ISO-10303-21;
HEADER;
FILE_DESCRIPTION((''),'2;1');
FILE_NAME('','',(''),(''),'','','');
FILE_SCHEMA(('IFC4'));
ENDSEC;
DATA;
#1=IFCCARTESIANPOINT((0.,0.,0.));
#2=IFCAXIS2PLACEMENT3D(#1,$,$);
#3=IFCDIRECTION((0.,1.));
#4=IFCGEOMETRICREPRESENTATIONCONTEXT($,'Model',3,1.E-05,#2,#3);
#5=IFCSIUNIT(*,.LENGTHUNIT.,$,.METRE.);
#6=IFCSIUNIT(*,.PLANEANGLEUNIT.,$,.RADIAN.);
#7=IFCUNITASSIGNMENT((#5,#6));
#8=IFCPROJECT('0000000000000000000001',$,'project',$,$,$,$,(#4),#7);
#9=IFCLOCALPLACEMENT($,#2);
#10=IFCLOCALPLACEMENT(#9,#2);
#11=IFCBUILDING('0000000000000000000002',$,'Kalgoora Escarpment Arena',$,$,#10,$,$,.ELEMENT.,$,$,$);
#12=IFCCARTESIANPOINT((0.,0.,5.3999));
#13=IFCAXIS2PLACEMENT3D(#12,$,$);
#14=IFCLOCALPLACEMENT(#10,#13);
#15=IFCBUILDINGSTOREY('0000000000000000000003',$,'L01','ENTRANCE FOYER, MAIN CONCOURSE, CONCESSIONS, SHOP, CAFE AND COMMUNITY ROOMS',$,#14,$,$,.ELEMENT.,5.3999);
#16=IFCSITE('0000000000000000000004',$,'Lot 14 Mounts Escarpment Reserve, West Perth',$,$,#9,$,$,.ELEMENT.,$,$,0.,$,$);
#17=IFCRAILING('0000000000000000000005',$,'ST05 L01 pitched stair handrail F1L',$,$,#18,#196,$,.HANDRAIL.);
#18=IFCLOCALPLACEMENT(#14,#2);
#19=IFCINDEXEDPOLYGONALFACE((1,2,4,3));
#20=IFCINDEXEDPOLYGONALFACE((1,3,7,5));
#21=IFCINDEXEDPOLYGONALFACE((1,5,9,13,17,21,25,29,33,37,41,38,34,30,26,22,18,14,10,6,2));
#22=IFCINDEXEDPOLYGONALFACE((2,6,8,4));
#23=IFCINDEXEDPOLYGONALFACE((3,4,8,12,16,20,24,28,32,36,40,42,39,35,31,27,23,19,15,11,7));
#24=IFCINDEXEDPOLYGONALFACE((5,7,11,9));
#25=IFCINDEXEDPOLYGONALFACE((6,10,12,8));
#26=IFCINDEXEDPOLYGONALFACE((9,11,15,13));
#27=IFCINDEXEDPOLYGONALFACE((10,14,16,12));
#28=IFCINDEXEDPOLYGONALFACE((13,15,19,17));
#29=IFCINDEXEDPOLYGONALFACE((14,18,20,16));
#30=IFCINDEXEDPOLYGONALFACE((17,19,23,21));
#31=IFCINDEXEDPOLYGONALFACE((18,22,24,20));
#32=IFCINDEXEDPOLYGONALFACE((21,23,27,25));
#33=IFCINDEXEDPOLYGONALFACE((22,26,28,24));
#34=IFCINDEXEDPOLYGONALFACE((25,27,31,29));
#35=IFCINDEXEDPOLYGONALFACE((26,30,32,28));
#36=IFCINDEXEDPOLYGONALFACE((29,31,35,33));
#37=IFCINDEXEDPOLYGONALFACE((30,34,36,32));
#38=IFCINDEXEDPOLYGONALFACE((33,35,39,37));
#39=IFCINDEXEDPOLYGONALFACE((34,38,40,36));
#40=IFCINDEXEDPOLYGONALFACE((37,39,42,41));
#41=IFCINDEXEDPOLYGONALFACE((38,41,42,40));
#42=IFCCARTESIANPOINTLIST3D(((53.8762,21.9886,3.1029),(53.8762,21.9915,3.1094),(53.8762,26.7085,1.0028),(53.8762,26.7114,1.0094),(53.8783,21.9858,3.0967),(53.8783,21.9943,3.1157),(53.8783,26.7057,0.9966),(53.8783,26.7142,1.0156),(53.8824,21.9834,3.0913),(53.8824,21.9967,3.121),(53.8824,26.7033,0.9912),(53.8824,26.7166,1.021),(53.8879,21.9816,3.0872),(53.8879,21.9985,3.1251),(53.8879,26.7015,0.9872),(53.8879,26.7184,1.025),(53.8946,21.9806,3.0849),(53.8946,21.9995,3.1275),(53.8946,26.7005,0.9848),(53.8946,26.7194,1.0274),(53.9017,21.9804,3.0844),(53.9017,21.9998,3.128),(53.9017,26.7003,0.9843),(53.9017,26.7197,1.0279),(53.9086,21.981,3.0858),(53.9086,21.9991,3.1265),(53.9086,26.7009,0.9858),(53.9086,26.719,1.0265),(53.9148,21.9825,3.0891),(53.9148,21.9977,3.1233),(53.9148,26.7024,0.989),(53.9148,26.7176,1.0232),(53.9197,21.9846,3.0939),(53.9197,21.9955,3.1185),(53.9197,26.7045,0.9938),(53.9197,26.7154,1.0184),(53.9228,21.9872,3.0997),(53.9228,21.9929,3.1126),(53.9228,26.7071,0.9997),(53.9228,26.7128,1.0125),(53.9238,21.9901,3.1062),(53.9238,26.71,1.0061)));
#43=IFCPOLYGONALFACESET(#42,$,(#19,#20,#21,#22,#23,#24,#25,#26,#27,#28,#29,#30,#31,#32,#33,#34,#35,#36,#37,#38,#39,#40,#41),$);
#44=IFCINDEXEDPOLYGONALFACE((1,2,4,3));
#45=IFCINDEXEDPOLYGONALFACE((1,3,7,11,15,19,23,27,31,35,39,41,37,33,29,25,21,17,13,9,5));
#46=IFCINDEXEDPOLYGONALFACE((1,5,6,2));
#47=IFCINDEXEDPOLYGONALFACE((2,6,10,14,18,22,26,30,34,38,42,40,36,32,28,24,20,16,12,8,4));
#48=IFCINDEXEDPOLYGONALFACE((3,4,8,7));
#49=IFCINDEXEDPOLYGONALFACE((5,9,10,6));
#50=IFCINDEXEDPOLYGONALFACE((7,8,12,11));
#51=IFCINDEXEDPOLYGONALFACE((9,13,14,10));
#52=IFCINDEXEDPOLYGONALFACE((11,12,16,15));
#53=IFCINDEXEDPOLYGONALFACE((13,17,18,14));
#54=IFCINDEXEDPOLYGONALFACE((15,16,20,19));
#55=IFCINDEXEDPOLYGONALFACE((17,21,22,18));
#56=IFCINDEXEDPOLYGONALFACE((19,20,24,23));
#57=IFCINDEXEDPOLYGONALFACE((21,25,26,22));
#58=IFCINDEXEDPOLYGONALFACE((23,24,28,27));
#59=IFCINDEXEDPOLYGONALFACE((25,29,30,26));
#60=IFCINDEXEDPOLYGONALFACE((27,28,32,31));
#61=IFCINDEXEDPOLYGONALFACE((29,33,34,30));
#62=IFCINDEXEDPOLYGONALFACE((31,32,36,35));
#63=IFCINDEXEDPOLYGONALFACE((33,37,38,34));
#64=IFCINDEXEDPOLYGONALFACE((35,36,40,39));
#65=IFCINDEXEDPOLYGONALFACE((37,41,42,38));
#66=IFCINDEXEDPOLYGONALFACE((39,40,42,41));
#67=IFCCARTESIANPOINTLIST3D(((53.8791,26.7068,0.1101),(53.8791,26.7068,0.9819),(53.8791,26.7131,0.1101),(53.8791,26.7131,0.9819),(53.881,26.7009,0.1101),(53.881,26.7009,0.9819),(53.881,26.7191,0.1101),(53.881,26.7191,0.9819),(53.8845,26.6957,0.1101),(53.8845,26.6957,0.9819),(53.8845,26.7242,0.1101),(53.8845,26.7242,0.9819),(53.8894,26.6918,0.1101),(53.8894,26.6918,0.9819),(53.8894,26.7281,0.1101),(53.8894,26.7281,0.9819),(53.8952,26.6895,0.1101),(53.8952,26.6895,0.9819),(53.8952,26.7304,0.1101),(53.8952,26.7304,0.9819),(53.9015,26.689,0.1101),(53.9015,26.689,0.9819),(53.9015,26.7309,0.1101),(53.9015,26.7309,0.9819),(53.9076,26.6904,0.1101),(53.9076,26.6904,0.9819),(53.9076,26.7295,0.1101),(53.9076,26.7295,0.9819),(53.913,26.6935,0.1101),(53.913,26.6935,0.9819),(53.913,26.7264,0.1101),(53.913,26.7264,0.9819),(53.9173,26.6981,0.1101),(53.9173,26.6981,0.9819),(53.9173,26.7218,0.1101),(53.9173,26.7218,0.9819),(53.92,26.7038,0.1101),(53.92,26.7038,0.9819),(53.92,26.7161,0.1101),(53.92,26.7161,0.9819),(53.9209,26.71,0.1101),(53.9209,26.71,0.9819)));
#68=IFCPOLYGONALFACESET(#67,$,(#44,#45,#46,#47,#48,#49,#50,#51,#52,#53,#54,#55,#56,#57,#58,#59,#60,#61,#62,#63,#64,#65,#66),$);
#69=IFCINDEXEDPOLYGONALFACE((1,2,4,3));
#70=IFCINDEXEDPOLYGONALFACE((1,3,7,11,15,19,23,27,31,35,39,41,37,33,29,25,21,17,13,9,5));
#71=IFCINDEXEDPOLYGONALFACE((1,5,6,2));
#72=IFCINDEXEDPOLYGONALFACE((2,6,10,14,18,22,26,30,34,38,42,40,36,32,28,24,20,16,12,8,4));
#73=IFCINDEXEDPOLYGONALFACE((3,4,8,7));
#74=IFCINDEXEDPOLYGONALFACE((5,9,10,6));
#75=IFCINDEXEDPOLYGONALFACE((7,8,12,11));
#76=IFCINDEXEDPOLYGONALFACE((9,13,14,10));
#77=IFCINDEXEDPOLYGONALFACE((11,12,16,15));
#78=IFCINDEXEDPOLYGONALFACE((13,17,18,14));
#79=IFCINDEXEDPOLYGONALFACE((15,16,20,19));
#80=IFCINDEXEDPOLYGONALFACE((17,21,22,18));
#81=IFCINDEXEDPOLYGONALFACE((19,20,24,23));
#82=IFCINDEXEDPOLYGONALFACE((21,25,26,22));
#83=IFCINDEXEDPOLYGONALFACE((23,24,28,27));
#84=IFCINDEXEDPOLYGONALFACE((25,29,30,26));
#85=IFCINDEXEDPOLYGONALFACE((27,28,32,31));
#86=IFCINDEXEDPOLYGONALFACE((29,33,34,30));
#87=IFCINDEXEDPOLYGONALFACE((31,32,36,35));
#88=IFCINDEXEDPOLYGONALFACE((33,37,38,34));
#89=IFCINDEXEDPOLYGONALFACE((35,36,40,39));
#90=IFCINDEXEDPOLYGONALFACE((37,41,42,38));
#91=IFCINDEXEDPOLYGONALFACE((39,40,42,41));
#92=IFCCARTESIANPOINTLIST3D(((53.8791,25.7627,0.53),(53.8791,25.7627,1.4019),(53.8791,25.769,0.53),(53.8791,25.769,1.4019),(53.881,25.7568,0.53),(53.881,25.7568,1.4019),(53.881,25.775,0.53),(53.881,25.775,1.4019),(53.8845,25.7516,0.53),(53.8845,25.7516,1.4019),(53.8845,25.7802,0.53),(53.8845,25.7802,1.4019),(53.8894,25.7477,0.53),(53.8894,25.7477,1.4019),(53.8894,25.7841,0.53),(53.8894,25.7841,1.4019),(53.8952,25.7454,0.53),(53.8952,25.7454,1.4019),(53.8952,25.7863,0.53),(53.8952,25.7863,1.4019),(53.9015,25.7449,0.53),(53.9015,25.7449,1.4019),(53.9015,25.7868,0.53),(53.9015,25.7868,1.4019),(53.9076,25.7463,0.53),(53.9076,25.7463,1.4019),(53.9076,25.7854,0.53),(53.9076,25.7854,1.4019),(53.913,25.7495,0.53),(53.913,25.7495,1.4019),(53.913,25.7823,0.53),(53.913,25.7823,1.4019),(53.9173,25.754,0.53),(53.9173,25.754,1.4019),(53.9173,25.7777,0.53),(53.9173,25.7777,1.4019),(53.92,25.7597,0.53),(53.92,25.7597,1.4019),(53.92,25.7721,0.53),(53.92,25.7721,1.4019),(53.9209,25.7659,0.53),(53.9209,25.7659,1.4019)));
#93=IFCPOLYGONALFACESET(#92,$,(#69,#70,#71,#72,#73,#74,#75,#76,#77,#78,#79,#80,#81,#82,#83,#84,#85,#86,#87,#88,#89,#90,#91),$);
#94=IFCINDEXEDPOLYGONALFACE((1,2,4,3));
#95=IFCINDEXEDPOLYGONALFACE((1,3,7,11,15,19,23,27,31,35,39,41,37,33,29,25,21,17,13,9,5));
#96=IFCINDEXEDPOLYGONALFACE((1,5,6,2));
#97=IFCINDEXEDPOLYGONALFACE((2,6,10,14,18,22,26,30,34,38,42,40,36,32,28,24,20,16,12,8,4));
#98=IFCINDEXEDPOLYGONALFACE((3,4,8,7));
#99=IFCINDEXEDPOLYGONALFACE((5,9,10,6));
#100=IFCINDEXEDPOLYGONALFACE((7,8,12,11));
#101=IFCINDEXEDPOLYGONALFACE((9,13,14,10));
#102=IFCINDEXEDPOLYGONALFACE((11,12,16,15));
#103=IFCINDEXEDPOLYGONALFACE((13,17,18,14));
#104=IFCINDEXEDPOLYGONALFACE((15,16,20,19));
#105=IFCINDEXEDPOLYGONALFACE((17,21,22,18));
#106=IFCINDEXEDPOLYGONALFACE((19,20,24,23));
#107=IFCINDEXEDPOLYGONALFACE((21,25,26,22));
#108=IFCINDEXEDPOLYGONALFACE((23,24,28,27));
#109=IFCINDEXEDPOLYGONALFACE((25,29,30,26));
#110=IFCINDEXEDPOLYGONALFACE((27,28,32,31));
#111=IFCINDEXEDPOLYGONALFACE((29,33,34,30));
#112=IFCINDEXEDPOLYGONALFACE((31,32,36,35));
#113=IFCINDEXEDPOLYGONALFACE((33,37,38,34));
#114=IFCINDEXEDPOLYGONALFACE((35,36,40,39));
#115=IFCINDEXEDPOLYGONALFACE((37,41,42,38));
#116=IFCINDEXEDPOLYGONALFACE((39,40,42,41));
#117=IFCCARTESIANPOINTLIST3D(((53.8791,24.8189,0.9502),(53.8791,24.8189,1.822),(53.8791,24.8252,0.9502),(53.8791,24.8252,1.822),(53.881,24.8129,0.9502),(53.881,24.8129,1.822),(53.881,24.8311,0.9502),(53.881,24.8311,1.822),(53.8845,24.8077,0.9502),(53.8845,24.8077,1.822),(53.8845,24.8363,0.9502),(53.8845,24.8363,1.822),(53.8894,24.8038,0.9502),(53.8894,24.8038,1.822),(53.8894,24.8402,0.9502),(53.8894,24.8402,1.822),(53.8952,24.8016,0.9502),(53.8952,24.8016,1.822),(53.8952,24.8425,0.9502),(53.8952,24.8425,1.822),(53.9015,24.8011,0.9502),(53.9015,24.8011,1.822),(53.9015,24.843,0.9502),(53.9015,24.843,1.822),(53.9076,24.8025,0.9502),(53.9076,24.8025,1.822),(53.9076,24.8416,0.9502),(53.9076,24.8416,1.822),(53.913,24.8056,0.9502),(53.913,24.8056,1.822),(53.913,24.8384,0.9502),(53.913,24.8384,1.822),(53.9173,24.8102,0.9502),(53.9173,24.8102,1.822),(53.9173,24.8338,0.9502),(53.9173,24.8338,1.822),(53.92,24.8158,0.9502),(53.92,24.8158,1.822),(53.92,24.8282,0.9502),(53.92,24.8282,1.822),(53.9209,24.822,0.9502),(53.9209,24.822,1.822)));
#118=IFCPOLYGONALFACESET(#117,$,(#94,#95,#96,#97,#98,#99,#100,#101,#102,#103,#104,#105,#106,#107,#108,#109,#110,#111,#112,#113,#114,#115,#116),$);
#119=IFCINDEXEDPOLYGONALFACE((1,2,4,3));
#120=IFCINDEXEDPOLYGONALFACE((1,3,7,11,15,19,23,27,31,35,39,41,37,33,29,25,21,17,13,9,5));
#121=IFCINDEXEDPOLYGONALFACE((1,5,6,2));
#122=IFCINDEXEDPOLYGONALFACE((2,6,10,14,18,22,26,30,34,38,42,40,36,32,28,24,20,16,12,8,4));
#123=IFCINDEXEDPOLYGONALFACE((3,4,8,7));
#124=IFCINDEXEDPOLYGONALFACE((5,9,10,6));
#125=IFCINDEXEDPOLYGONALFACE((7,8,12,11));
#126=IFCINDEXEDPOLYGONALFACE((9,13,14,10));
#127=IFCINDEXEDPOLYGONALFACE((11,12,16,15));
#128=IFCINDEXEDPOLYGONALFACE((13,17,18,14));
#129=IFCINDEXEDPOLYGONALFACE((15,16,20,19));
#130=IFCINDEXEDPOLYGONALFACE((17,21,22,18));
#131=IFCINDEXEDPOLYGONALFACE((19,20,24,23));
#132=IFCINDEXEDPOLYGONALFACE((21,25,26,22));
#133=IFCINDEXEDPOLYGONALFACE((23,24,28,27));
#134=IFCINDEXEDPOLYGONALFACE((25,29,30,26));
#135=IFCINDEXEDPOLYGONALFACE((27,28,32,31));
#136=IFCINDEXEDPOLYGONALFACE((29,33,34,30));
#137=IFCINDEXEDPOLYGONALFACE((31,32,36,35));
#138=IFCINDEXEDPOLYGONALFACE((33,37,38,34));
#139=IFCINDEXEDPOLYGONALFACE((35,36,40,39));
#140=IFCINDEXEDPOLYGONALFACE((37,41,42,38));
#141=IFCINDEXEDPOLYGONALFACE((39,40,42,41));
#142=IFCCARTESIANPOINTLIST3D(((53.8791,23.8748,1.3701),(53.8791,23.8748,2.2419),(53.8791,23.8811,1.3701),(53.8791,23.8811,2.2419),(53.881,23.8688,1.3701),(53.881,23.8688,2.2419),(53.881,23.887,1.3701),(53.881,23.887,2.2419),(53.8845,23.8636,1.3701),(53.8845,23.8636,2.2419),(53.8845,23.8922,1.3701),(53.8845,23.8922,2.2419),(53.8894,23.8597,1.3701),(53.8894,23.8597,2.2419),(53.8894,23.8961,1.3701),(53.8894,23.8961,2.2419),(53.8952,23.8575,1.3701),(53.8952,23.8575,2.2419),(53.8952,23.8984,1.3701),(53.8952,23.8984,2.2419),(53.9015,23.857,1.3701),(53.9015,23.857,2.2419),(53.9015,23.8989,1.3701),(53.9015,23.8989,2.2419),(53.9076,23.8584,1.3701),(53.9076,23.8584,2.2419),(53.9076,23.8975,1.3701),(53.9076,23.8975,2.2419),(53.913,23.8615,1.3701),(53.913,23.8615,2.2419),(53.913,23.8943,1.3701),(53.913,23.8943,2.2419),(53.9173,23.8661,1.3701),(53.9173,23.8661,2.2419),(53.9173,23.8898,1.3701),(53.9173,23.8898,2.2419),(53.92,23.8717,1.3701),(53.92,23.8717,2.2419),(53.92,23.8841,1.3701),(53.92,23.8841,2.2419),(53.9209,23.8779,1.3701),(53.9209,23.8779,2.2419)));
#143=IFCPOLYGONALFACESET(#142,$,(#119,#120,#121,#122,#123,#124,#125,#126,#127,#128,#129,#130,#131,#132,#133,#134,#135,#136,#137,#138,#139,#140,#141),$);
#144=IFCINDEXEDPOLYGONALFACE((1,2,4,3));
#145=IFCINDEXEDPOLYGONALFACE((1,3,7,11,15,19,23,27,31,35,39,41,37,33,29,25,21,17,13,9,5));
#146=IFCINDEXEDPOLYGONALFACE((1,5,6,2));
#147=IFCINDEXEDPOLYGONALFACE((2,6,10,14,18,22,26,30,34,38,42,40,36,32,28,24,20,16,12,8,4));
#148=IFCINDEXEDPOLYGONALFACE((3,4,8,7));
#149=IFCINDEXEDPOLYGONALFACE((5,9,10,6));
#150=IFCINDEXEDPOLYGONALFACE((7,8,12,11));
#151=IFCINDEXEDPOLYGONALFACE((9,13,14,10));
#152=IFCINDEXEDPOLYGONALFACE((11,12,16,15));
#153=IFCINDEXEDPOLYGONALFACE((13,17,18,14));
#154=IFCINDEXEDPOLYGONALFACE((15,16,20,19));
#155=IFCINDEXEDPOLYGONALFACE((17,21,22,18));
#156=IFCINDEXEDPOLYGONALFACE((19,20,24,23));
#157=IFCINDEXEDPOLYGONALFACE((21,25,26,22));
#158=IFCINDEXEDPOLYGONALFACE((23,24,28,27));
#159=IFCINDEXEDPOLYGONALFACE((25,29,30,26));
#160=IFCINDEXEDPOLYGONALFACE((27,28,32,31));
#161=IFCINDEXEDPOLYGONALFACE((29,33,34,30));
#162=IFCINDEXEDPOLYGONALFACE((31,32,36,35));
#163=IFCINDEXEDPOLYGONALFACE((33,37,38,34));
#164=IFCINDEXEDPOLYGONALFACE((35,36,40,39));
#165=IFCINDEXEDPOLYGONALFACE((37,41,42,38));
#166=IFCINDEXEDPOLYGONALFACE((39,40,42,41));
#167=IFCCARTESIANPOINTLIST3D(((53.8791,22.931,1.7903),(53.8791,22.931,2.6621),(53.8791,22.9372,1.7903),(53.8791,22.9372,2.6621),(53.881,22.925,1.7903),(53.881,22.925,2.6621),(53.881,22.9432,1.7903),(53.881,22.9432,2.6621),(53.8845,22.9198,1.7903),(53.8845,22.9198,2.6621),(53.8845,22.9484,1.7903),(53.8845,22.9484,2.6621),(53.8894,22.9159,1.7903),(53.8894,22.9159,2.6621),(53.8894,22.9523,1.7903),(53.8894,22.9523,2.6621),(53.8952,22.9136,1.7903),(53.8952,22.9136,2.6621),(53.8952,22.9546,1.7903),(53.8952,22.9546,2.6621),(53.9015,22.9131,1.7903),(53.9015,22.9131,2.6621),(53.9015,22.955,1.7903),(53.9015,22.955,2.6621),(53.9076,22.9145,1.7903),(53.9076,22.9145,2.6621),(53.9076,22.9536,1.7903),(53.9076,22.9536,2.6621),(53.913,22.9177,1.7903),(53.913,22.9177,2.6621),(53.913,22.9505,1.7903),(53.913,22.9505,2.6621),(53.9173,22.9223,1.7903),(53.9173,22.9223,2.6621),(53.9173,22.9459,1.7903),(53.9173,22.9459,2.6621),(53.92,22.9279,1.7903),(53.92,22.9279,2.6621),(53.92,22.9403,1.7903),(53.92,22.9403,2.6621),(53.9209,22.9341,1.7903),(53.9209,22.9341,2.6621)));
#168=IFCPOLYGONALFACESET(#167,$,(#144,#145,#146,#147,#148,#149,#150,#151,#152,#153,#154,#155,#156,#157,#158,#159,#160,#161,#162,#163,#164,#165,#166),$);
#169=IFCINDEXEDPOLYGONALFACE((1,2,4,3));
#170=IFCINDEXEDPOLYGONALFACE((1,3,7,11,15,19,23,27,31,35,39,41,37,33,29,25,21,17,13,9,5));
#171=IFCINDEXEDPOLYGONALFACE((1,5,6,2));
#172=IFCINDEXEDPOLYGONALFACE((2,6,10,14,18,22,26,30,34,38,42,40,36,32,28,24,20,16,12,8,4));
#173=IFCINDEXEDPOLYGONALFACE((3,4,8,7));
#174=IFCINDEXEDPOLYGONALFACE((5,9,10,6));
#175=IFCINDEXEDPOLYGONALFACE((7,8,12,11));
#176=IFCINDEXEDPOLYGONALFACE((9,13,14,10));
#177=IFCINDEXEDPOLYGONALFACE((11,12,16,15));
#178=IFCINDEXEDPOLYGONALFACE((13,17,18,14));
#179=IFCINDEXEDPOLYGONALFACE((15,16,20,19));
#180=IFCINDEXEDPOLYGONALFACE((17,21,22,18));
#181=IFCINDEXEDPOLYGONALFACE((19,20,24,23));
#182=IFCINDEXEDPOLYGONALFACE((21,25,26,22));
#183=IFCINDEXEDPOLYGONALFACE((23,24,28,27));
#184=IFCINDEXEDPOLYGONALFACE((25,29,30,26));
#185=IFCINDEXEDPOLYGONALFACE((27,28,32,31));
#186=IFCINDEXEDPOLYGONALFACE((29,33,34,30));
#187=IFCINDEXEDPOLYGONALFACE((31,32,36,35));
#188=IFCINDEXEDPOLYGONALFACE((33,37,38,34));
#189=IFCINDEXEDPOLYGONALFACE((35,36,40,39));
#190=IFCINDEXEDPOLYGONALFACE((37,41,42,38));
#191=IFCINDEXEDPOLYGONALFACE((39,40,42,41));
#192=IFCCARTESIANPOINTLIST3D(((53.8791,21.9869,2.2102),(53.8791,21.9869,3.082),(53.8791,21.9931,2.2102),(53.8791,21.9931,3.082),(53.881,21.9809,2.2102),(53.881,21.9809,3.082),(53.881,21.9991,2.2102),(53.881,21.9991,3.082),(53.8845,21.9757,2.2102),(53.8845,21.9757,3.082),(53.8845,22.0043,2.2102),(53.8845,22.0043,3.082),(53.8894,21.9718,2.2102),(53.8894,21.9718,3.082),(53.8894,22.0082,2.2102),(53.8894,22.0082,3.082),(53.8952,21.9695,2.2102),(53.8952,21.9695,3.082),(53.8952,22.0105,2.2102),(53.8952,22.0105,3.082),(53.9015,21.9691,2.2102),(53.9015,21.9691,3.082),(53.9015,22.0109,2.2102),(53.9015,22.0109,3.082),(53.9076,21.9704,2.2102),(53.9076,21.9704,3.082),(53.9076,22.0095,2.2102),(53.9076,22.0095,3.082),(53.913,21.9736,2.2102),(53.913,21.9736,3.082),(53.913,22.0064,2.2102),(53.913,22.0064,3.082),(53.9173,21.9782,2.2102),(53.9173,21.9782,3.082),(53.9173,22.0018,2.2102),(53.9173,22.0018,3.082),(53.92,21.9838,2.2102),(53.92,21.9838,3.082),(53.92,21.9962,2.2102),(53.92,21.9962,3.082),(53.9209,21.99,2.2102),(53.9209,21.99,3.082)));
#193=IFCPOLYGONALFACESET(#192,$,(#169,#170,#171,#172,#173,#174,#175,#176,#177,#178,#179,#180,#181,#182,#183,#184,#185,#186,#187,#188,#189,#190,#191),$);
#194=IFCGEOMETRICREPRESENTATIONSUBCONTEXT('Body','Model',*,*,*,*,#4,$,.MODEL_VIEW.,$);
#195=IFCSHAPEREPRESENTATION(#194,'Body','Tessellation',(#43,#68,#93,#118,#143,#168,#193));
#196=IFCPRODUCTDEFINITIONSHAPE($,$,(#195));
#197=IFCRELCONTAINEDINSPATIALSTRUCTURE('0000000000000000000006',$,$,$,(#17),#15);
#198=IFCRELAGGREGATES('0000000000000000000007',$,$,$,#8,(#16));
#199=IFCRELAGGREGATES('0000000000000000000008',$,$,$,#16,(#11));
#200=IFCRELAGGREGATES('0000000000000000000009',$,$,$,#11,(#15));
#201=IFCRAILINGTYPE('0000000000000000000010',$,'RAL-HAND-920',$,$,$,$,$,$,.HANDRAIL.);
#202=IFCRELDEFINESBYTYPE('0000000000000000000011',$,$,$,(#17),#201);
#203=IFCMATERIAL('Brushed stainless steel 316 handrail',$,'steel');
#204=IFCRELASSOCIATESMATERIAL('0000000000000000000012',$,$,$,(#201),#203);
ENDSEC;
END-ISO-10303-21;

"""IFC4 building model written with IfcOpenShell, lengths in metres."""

from ifc_helpers import new_model, si_unit, direction, frame, origin, origin_2d, place, context, subcontext, project, spatial, circle, extrude, material, type_object, element, save


model = new_model("IFC4")

# Units and contexts
model_context = context("Model", 3, precision=1e-05, world=origin(), true_north=direction((0.0, 1.0)))
body_context = subcontext(model_context, "Body", "Model", "MODEL_VIEW")
ifc_project = project(units=[si_unit("LENGTHUNIT", "METRE"), si_unit("PLANEANGLEUNIT", "RADIAN")], contexts=[model_context])

# Site, building, storey
site_placement = place(None, origin())
site = spatial("IfcSite", under=ifc_project, at=site_placement, Name="Lot 14 Mounts Escarpment Reserve, West Perth", CompositionType="ELEMENT", RefElevation=0.0)
building_placement = place(site_placement, origin())
building = spatial("IfcBuilding", under=site, at=building_placement, Name="Kalgoora Escarpment Arena", CompositionType="ELEMENT")
storey_placement = place(building_placement, frame((0.0, 0.0, 5.3999)))
storey = spatial("IfcBuildingStorey", under=building, at=storey_placement, Name="L01", Description="ENTRANCE FOYER, MAIN CONCOURSE, CONCESSIONS, SHOP, CAFE AND COMMUNITY ROOMS", CompositionType="ELEMENT", Elevation=5.3999)

# Railing
ifc_material_1 = material(Name="Brushed stainless steel 316 handrail", Category="steel")
railing_type_1 = type_object("IfcRailingType", Name="RAL-HAND-920", PredefinedType="HANDRAIL", material=ifc_material_1)
for number, where, name in (
    (1, (53.8999, 26.71, 0.1101), "ST05 L01 pitched stair handrail F1L"),
):
    element("IfcRailing", number, at=place(storey_placement, frame(where)), inside=storey, type_object=railing_type_1, Name=name, PredefinedType="HANDRAIL", context=body_context, shape_type="SweptSolid", body=[
        extrude(circle(Radius=0.0239, at=origin_2d()), frame((0.0, 0.0, 0.896), z_axis=(0.0, -0.913644, 0.406516), x_axis=(1.0, 0.0, 0.0)), (0.0, 0.0, 1.0), 5.166),
        extrude(circle(Radius=0.021, at=origin_2d()), origin(), (0.0, 0.0, 1.0), 0.8718),
        extrude(circle(Radius=0.021, at=origin_2d()), frame((0.0, -0.9441, 0.4199)), (0.0, 0.0, 1.0), 0.8718),
        extrude(circle(Radius=0.021, at=origin_2d()), frame((0.0, -1.8879, 0.8401)), (0.0, 0.0, 1.0), 0.8718),
        extrude(circle(Radius=0.021, at=origin_2d()), frame((0.0, -2.832, 1.26)), (0.0, 0.0, 1.0), 0.8718),
        extrude(circle(Radius=0.021, at=origin_2d()), frame((0.0, -3.7759, 1.6802)), (0.0, 0.0, 1.0), 0.8718),
        extrude(circle(Radius=0.021, at=origin_2d()), frame((0.0, -4.72, 2.1001)), (0.0, 0.0, 1.0), 0.8718),
    ])

save(model, "model.ifc")
